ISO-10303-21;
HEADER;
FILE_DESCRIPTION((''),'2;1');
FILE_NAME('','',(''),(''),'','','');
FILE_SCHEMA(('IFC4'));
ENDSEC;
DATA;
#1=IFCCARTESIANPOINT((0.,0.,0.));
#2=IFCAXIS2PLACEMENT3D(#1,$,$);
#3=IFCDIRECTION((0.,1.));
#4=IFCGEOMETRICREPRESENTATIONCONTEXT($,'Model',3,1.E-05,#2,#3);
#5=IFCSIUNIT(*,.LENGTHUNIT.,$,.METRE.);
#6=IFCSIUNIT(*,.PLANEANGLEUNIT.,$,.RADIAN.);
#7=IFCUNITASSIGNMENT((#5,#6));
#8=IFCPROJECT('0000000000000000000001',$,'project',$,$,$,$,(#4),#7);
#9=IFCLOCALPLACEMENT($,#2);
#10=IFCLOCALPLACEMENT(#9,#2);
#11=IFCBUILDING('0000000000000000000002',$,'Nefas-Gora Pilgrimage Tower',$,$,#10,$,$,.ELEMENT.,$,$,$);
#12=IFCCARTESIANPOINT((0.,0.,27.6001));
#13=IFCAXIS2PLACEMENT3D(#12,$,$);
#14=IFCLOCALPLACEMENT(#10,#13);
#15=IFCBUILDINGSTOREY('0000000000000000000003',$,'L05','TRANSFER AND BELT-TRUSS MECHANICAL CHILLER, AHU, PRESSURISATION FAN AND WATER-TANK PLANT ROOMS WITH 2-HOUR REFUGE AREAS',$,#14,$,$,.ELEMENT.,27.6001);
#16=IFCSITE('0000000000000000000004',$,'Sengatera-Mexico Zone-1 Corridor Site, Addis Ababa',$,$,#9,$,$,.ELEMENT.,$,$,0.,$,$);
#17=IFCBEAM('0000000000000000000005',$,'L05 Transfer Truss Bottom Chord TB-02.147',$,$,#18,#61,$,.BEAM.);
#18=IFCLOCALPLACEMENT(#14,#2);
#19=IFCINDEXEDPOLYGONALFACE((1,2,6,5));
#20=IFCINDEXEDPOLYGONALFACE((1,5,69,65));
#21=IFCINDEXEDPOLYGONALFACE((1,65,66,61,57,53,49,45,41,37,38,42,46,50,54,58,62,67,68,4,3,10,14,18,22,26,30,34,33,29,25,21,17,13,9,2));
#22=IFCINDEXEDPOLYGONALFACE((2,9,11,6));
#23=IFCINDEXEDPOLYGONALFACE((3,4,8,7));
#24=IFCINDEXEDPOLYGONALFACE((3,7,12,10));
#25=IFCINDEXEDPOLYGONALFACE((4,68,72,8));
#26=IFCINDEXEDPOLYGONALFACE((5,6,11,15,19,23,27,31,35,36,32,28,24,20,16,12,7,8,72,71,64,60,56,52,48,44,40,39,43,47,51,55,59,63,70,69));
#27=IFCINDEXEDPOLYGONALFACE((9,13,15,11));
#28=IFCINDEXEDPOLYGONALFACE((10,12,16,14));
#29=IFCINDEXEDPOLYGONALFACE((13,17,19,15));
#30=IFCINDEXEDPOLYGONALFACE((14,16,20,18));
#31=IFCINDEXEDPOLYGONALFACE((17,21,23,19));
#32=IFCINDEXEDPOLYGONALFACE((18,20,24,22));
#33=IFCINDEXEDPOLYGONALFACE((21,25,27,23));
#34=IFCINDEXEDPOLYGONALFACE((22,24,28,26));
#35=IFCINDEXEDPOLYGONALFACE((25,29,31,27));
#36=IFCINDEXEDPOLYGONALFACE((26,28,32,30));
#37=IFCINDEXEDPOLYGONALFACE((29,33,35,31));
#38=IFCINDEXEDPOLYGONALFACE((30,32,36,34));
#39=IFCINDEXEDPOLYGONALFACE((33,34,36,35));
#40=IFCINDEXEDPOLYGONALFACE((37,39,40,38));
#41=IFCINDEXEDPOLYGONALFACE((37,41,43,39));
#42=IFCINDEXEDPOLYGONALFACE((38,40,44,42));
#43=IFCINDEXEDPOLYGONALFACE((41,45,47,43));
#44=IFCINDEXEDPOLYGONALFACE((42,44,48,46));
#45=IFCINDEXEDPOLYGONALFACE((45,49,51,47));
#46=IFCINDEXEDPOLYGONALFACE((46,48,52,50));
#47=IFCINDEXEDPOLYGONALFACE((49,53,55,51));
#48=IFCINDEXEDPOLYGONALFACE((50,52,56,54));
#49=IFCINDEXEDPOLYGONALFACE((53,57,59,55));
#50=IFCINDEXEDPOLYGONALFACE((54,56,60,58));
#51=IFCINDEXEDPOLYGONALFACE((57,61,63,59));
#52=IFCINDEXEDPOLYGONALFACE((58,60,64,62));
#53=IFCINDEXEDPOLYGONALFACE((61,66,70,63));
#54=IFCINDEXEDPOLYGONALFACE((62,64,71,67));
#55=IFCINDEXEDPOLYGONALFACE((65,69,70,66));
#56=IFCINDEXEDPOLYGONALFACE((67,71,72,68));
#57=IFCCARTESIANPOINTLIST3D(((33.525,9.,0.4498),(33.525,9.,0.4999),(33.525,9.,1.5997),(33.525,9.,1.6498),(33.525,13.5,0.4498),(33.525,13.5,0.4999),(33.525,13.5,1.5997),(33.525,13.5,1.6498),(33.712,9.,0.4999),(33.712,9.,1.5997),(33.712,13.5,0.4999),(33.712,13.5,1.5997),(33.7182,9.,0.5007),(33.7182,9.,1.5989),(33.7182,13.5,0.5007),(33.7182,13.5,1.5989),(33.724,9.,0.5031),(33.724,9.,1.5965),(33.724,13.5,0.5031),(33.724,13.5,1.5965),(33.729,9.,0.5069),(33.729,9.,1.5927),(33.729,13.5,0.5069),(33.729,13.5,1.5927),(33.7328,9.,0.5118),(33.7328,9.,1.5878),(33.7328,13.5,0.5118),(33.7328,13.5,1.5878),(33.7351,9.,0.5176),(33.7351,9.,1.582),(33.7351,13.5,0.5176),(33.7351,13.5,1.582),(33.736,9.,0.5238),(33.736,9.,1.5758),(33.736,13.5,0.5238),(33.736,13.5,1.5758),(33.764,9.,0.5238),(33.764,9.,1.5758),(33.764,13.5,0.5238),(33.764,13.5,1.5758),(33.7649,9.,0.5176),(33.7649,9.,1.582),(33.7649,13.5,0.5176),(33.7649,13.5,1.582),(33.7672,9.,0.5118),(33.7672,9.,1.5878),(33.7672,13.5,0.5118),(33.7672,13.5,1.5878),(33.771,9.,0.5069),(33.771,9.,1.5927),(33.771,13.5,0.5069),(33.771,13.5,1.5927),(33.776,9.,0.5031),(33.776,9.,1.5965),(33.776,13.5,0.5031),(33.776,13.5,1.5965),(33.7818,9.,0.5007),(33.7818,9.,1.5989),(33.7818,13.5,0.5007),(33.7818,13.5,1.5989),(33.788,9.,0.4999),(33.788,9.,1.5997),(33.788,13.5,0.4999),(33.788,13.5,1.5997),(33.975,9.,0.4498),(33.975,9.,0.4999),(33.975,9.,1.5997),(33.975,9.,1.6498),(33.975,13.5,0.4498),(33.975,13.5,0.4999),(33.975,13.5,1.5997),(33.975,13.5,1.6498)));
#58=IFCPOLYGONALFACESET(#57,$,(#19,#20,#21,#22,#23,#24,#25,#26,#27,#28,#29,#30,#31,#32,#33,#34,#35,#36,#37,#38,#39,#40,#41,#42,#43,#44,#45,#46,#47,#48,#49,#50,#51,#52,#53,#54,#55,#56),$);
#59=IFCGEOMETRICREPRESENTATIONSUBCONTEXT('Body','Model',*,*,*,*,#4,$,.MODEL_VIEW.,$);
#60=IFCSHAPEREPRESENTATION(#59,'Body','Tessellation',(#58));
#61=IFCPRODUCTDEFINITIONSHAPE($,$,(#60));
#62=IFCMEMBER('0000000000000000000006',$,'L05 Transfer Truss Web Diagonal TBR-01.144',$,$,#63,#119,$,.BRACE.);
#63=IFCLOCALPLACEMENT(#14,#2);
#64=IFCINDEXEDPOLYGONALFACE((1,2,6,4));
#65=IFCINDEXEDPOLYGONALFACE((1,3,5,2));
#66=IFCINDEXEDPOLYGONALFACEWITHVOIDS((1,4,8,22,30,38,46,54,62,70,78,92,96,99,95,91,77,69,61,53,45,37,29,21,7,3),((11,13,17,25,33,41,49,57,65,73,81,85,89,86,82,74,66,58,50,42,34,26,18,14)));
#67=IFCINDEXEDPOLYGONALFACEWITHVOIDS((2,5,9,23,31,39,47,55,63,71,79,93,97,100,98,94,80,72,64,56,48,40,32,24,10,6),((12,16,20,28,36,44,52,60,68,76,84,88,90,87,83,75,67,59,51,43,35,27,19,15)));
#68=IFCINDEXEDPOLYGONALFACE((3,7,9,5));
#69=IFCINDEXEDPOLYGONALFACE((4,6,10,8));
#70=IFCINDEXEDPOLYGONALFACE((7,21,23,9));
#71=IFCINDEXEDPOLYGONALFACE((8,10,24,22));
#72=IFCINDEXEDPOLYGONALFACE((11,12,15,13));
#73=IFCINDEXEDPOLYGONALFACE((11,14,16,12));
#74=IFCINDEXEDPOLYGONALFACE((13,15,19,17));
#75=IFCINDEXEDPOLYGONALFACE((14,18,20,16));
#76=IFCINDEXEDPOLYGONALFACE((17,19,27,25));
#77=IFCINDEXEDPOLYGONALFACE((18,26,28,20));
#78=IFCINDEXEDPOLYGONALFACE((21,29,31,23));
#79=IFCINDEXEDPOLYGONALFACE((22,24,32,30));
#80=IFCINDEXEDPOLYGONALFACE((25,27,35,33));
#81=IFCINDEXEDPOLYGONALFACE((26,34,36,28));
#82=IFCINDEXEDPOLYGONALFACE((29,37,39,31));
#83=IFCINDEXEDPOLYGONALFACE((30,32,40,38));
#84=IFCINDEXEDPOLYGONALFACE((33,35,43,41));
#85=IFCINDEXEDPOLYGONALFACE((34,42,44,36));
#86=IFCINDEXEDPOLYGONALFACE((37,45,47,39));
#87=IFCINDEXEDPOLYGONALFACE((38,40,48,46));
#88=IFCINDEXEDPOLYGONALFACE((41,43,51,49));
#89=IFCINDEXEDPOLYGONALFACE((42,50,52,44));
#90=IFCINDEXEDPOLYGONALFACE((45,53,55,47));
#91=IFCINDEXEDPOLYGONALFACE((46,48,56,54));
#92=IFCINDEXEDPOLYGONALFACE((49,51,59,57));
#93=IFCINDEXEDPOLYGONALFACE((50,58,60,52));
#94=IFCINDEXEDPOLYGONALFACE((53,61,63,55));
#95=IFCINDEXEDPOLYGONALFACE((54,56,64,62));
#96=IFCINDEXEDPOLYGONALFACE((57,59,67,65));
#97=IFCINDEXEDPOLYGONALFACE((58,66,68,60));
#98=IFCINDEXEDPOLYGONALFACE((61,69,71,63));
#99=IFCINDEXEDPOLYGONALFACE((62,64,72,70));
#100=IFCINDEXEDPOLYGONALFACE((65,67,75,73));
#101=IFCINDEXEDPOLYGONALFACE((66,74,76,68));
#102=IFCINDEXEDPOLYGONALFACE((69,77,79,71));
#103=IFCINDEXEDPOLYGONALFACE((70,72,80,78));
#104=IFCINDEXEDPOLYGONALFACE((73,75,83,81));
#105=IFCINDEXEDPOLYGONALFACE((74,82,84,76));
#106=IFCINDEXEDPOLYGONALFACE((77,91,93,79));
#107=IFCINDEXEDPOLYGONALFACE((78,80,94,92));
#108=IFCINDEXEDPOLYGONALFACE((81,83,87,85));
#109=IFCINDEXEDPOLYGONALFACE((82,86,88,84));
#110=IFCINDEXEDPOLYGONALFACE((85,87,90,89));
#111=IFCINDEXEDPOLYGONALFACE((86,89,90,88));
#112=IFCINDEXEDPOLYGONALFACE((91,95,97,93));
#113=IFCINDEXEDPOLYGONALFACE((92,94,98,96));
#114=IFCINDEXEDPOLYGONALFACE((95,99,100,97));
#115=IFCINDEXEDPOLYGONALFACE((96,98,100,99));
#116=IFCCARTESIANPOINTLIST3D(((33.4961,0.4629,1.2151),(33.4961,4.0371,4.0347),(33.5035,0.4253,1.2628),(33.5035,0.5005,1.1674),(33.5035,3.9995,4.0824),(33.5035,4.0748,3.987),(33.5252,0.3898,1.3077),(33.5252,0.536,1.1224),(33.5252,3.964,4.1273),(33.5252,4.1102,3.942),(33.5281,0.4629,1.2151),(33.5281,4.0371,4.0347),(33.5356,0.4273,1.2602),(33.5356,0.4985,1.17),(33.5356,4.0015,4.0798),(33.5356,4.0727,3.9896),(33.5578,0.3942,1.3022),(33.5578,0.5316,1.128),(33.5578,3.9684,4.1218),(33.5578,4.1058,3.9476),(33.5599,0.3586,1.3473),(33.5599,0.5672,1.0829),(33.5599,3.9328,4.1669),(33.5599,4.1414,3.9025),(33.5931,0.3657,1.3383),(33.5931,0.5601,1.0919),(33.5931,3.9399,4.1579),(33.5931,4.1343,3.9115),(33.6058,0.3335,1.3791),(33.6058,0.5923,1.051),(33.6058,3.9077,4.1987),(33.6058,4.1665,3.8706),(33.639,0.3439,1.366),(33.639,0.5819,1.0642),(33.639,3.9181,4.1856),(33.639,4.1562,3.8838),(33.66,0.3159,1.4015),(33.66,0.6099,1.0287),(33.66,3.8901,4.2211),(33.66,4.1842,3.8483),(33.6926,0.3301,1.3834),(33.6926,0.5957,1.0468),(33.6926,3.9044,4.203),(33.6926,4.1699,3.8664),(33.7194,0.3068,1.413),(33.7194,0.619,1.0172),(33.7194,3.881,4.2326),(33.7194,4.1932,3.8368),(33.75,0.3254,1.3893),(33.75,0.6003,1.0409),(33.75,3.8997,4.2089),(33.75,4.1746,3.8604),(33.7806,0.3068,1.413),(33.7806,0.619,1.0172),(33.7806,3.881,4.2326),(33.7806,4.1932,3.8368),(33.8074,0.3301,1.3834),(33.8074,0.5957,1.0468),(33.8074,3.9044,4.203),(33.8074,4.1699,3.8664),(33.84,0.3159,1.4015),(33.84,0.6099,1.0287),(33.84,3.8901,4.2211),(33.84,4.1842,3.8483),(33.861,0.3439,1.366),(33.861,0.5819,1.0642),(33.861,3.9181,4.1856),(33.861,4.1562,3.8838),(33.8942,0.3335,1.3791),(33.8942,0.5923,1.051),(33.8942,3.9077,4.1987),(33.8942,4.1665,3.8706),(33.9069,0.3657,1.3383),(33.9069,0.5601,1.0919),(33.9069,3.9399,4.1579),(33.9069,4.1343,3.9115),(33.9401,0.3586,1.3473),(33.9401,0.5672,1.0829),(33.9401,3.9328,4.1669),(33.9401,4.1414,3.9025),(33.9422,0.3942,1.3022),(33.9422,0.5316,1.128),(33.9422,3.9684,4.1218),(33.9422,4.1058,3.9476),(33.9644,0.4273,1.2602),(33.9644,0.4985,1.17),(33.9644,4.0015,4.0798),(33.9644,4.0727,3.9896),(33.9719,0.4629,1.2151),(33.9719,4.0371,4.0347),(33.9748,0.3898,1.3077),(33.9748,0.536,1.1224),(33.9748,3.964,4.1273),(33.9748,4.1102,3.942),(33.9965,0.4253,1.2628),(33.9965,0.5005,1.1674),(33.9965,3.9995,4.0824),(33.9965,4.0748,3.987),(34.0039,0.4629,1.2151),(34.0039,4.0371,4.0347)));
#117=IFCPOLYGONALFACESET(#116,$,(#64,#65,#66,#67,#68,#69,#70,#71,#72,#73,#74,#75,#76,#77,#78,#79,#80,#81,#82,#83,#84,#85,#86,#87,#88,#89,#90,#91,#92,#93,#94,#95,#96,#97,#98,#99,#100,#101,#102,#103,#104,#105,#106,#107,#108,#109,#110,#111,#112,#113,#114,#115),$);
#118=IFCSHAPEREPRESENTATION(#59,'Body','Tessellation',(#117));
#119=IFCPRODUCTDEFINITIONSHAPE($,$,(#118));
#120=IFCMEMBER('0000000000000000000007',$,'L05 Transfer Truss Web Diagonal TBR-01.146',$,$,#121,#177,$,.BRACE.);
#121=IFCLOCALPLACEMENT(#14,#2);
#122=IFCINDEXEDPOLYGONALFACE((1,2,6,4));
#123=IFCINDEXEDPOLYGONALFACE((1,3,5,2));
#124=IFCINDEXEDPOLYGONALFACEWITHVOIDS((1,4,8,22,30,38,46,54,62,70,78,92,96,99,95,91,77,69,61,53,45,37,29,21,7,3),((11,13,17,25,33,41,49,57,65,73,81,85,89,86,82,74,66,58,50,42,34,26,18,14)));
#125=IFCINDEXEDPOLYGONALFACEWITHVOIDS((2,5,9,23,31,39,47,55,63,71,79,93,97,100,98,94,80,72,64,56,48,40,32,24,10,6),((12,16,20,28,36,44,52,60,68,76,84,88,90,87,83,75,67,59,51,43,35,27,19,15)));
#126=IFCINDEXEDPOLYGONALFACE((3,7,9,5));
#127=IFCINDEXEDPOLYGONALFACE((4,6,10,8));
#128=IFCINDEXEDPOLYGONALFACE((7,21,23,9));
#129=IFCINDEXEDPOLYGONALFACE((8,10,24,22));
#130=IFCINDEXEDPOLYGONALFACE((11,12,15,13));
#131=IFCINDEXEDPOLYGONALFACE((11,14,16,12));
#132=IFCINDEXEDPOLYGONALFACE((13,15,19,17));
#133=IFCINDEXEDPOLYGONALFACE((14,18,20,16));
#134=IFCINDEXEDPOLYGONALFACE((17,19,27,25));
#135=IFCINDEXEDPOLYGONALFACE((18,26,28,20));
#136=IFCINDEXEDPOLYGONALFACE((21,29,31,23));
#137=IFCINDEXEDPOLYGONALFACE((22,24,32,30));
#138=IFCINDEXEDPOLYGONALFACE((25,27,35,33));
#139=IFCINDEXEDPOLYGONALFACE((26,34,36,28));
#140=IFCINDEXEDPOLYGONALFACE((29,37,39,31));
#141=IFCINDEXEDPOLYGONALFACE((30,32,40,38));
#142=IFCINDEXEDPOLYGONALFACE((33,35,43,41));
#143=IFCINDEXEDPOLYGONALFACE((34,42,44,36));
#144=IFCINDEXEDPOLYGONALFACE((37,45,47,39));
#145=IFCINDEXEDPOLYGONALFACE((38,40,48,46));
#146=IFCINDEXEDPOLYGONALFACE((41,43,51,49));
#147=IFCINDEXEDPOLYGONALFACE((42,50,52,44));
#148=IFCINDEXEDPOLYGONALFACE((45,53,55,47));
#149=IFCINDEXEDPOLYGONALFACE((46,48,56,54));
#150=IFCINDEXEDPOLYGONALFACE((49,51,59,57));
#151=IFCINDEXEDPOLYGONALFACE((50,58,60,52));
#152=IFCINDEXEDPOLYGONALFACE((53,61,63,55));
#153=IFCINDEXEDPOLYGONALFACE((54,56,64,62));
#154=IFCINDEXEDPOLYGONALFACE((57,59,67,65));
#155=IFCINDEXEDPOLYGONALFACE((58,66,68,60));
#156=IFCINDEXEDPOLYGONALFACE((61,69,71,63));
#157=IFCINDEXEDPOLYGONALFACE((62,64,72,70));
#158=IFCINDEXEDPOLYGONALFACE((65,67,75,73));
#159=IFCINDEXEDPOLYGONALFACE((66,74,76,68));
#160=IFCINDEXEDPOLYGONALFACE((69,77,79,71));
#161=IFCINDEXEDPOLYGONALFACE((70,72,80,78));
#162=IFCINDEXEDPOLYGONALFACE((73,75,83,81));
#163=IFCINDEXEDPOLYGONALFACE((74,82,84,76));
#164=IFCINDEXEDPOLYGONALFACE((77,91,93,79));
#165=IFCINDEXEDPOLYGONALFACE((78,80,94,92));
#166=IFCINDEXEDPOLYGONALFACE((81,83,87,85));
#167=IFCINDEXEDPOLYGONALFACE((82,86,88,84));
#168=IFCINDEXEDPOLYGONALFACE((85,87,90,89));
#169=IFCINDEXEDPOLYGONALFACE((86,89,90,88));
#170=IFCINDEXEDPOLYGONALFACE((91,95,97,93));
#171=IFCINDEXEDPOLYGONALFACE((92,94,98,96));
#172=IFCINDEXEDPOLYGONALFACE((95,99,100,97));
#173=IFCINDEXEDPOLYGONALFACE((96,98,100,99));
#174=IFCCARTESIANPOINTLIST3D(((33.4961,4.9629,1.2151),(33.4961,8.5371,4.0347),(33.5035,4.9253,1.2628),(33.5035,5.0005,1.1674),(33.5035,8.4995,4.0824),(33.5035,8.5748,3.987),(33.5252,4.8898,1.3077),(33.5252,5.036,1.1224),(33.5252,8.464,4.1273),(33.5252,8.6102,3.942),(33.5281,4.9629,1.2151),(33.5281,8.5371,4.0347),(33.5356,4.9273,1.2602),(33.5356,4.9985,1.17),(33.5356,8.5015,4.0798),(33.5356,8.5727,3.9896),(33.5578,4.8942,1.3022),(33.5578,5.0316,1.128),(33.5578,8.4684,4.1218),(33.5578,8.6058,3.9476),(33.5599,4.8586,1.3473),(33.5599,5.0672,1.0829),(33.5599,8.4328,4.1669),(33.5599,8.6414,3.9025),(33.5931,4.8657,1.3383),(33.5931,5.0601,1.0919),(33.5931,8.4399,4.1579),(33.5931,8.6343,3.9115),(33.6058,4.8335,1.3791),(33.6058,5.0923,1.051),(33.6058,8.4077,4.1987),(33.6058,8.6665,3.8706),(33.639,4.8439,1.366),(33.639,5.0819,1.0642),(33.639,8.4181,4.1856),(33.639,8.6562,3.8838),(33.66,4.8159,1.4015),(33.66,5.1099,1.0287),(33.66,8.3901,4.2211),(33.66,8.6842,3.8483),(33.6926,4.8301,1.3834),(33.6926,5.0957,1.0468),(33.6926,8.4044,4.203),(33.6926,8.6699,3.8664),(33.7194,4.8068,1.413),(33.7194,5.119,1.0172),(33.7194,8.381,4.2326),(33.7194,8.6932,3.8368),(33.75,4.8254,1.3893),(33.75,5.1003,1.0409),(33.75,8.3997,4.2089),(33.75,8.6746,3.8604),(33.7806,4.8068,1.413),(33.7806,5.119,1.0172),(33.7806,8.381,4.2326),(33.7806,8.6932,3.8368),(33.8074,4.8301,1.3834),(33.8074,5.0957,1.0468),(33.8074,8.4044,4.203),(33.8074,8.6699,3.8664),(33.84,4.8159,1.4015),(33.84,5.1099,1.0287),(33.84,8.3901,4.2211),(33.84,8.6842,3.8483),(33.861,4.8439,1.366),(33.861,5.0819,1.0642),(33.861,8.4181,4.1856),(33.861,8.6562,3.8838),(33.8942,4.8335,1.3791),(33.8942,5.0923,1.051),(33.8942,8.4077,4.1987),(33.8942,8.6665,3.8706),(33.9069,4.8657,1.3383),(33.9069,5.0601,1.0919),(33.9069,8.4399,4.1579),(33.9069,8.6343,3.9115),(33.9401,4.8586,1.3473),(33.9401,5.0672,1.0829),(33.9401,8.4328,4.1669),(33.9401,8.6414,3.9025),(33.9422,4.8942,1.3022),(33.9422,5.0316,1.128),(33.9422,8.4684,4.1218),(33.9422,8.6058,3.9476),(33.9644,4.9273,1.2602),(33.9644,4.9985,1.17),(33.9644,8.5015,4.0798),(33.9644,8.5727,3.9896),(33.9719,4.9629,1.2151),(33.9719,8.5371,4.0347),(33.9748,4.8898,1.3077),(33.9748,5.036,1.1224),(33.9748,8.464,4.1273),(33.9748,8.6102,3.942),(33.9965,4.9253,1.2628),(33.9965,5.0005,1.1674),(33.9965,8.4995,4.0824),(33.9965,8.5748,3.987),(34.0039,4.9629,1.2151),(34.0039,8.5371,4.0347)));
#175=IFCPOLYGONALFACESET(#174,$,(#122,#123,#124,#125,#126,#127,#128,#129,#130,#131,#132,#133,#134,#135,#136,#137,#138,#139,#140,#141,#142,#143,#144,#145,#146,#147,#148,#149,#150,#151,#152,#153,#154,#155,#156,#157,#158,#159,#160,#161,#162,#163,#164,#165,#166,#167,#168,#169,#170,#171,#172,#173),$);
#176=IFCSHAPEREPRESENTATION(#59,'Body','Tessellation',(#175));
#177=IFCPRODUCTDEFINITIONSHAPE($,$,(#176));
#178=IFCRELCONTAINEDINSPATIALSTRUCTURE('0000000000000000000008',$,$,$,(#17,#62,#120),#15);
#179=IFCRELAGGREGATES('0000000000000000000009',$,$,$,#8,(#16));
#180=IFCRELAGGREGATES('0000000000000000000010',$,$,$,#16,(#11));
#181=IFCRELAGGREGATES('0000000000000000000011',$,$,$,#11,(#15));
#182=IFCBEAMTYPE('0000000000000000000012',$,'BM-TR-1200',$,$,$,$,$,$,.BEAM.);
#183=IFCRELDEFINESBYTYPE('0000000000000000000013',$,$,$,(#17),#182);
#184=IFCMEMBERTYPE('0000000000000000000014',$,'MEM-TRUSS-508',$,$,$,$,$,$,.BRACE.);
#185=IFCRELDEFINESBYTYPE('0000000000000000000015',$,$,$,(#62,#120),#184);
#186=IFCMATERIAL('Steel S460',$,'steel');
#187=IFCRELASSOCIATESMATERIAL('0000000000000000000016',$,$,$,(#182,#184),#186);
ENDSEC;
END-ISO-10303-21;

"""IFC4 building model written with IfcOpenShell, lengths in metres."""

from ifc_helpers import new_model, si_unit, direction, frame, origin, origin_2d, place, context, subcontext, project, spatial, hollow_circle, i_section, extrude, source, transform, mapped, material, material_profile, profile_set, type_object, element, save


model = new_model("IFC4")

# Units and contexts
model_context = context("Model", 3, precision=1e-05, world=origin(), true_north=direction((0.0, 1.0)))
body_context = subcontext(model_context, "Body", "Model", "MODEL_VIEW")
ifc_project = project(units=[si_unit("LENGTHUNIT", "METRE"), si_unit("PLANEANGLEUNIT", "RADIAN")], contexts=[model_context])

# Site, building, storey
site_placement = place(None, origin())
site = spatial("IfcSite", under=ifc_project, at=site_placement, Name="Sengatera-Mexico Zone-1 Corridor Site, Addis Ababa", CompositionType="ELEMENT", RefElevation=0.0)
building_placement = place(site_placement, origin())
building = spatial("IfcBuilding", under=site, at=building_placement, Name="Nefas-Gora Pilgrimage Tower", CompositionType="ELEMENT")
storey_placement = place(building_placement, frame((0.0, 0.0, 27.6001)))
storey = spatial("IfcBuildingStorey", under=building, at=storey_placement, Name="L05", Description="TRANSFER AND BELT-TRUSS MECHANICAL CHILLER, AHU, PRESSURISATION FAN AND WATER-TANK PLANT ROOMS WITH 2-HOUR REFUGE AREAS", CompositionType="ELEMENT", Elevation=27.6001)

# Shared definitions
ifc_material_1 = material(Name="Steel S460", Category="steel")

# Shared definitions
ifc_material_profile_1 = material_profile(ifc_material_1, i_section(OverallWidth=0.45, OverallDepth=1.2, WebThickness=0.0281, FlangeThickness=0.05, FilletRadius=0.0239, at=origin_2d()), Name="WPG 1200x450x28x50")
ifc_profile_set_1 = profile_set([ifc_material_profile_1], Name="Steel S460")
beam_type_1 = type_object("IfcBeamType", Name="BM-TR-1200", PredefinedType="BEAM", material=ifc_profile_set_1)

# Shared definitions
ifc_material_profile_2 = material_profile(ifc_material_1, hollow_circle(Radius=0.2539, WallThickness=0.032, at=origin_2d()), Name="CHS 508x32")
ifc_profile_set_2 = profile_set([ifc_material_profile_2], Name="Steel S460")
member_type = type_object("IfcMemberType", Name="MEM-TRUSS-508", PredefinedType="BRACE", material=ifc_profile_set_2)

# Beam
shared_shape_1 = source(origin(), body_context, "Body", "SweptSolid", [
    extrude(i_section(OverallWidth=0.45, OverallDepth=1.2, WebThickness=0.0281, FlangeThickness=0.05, FilletRadius=0.0239, at=origin_2d()), origin(), (0.0, 0.0, 1.0), 4.5),
])
for number, where, z_axis, x_axis, name in (
    (1, (33.75, 9.0, 1.0498), (0.0, 1.0, 0.0), (-1.0, 0.0, 0.0), "L05 Transfer Truss Bottom Chord TB-02.147"),
):
    element("IfcBeam", number, at=place(storey_placement, frame(where, z_axis=z_axis, x_axis=x_axis)), inside=storey, type_object=beam_type_1, Name=name, PredefinedType="BEAM", context=body_context, shape_type="MappedRepresentation", body=[
        mapped(shared_shape_1, transform((0.0, 0.0, 0.0), x_axis=(1.0, 0.0, 0.0), y_axis=(0.0, 1.0, 0.0), z_axis=(0.0, 0.0, 1.0), scale=1.0)),
    ])

# Members
shared_shape_2 = source(origin(), body_context, "Body", "SweptSolid", [
    extrude(hollow_circle(Radius=0.2539, WallThickness=0.032, at=origin_2d()), origin(), (0.0, 0.0, 1.0), 4.5525),
])
for number, where, z_axis, x_axis, name in (
    (2, (33.75, 0.4629, 1.2151), (0.0, 0.785115, 0.61935), (-1.0, 0.0, 0.0), "L05 Transfer Truss Web Diagonal TBR-01.144"),
    (3, (33.75, 4.9629, 1.2151), (0.0, 0.785115, 0.61935), (-1.0, 0.0, 0.0), "L05 Transfer Truss Web Diagonal TBR-01.146"),
):
    element("IfcMember", number, at=place(storey_placement, frame(where, z_axis=z_axis, x_axis=x_axis)), inside=storey, type_object=member_type, Name=name, PredefinedType="BRACE", context=body_context, shape_type="MappedRepresentation", body=[
        mapped(shared_shape_2, transform((0.0, 0.0, 0.0), x_axis=(1.0, 0.0, 0.0), y_axis=(0.0, 1.0, 0.0), z_axis=(0.0, 0.0, 1.0), scale=1.0)),
    ])

save(model, "model.ifc")
